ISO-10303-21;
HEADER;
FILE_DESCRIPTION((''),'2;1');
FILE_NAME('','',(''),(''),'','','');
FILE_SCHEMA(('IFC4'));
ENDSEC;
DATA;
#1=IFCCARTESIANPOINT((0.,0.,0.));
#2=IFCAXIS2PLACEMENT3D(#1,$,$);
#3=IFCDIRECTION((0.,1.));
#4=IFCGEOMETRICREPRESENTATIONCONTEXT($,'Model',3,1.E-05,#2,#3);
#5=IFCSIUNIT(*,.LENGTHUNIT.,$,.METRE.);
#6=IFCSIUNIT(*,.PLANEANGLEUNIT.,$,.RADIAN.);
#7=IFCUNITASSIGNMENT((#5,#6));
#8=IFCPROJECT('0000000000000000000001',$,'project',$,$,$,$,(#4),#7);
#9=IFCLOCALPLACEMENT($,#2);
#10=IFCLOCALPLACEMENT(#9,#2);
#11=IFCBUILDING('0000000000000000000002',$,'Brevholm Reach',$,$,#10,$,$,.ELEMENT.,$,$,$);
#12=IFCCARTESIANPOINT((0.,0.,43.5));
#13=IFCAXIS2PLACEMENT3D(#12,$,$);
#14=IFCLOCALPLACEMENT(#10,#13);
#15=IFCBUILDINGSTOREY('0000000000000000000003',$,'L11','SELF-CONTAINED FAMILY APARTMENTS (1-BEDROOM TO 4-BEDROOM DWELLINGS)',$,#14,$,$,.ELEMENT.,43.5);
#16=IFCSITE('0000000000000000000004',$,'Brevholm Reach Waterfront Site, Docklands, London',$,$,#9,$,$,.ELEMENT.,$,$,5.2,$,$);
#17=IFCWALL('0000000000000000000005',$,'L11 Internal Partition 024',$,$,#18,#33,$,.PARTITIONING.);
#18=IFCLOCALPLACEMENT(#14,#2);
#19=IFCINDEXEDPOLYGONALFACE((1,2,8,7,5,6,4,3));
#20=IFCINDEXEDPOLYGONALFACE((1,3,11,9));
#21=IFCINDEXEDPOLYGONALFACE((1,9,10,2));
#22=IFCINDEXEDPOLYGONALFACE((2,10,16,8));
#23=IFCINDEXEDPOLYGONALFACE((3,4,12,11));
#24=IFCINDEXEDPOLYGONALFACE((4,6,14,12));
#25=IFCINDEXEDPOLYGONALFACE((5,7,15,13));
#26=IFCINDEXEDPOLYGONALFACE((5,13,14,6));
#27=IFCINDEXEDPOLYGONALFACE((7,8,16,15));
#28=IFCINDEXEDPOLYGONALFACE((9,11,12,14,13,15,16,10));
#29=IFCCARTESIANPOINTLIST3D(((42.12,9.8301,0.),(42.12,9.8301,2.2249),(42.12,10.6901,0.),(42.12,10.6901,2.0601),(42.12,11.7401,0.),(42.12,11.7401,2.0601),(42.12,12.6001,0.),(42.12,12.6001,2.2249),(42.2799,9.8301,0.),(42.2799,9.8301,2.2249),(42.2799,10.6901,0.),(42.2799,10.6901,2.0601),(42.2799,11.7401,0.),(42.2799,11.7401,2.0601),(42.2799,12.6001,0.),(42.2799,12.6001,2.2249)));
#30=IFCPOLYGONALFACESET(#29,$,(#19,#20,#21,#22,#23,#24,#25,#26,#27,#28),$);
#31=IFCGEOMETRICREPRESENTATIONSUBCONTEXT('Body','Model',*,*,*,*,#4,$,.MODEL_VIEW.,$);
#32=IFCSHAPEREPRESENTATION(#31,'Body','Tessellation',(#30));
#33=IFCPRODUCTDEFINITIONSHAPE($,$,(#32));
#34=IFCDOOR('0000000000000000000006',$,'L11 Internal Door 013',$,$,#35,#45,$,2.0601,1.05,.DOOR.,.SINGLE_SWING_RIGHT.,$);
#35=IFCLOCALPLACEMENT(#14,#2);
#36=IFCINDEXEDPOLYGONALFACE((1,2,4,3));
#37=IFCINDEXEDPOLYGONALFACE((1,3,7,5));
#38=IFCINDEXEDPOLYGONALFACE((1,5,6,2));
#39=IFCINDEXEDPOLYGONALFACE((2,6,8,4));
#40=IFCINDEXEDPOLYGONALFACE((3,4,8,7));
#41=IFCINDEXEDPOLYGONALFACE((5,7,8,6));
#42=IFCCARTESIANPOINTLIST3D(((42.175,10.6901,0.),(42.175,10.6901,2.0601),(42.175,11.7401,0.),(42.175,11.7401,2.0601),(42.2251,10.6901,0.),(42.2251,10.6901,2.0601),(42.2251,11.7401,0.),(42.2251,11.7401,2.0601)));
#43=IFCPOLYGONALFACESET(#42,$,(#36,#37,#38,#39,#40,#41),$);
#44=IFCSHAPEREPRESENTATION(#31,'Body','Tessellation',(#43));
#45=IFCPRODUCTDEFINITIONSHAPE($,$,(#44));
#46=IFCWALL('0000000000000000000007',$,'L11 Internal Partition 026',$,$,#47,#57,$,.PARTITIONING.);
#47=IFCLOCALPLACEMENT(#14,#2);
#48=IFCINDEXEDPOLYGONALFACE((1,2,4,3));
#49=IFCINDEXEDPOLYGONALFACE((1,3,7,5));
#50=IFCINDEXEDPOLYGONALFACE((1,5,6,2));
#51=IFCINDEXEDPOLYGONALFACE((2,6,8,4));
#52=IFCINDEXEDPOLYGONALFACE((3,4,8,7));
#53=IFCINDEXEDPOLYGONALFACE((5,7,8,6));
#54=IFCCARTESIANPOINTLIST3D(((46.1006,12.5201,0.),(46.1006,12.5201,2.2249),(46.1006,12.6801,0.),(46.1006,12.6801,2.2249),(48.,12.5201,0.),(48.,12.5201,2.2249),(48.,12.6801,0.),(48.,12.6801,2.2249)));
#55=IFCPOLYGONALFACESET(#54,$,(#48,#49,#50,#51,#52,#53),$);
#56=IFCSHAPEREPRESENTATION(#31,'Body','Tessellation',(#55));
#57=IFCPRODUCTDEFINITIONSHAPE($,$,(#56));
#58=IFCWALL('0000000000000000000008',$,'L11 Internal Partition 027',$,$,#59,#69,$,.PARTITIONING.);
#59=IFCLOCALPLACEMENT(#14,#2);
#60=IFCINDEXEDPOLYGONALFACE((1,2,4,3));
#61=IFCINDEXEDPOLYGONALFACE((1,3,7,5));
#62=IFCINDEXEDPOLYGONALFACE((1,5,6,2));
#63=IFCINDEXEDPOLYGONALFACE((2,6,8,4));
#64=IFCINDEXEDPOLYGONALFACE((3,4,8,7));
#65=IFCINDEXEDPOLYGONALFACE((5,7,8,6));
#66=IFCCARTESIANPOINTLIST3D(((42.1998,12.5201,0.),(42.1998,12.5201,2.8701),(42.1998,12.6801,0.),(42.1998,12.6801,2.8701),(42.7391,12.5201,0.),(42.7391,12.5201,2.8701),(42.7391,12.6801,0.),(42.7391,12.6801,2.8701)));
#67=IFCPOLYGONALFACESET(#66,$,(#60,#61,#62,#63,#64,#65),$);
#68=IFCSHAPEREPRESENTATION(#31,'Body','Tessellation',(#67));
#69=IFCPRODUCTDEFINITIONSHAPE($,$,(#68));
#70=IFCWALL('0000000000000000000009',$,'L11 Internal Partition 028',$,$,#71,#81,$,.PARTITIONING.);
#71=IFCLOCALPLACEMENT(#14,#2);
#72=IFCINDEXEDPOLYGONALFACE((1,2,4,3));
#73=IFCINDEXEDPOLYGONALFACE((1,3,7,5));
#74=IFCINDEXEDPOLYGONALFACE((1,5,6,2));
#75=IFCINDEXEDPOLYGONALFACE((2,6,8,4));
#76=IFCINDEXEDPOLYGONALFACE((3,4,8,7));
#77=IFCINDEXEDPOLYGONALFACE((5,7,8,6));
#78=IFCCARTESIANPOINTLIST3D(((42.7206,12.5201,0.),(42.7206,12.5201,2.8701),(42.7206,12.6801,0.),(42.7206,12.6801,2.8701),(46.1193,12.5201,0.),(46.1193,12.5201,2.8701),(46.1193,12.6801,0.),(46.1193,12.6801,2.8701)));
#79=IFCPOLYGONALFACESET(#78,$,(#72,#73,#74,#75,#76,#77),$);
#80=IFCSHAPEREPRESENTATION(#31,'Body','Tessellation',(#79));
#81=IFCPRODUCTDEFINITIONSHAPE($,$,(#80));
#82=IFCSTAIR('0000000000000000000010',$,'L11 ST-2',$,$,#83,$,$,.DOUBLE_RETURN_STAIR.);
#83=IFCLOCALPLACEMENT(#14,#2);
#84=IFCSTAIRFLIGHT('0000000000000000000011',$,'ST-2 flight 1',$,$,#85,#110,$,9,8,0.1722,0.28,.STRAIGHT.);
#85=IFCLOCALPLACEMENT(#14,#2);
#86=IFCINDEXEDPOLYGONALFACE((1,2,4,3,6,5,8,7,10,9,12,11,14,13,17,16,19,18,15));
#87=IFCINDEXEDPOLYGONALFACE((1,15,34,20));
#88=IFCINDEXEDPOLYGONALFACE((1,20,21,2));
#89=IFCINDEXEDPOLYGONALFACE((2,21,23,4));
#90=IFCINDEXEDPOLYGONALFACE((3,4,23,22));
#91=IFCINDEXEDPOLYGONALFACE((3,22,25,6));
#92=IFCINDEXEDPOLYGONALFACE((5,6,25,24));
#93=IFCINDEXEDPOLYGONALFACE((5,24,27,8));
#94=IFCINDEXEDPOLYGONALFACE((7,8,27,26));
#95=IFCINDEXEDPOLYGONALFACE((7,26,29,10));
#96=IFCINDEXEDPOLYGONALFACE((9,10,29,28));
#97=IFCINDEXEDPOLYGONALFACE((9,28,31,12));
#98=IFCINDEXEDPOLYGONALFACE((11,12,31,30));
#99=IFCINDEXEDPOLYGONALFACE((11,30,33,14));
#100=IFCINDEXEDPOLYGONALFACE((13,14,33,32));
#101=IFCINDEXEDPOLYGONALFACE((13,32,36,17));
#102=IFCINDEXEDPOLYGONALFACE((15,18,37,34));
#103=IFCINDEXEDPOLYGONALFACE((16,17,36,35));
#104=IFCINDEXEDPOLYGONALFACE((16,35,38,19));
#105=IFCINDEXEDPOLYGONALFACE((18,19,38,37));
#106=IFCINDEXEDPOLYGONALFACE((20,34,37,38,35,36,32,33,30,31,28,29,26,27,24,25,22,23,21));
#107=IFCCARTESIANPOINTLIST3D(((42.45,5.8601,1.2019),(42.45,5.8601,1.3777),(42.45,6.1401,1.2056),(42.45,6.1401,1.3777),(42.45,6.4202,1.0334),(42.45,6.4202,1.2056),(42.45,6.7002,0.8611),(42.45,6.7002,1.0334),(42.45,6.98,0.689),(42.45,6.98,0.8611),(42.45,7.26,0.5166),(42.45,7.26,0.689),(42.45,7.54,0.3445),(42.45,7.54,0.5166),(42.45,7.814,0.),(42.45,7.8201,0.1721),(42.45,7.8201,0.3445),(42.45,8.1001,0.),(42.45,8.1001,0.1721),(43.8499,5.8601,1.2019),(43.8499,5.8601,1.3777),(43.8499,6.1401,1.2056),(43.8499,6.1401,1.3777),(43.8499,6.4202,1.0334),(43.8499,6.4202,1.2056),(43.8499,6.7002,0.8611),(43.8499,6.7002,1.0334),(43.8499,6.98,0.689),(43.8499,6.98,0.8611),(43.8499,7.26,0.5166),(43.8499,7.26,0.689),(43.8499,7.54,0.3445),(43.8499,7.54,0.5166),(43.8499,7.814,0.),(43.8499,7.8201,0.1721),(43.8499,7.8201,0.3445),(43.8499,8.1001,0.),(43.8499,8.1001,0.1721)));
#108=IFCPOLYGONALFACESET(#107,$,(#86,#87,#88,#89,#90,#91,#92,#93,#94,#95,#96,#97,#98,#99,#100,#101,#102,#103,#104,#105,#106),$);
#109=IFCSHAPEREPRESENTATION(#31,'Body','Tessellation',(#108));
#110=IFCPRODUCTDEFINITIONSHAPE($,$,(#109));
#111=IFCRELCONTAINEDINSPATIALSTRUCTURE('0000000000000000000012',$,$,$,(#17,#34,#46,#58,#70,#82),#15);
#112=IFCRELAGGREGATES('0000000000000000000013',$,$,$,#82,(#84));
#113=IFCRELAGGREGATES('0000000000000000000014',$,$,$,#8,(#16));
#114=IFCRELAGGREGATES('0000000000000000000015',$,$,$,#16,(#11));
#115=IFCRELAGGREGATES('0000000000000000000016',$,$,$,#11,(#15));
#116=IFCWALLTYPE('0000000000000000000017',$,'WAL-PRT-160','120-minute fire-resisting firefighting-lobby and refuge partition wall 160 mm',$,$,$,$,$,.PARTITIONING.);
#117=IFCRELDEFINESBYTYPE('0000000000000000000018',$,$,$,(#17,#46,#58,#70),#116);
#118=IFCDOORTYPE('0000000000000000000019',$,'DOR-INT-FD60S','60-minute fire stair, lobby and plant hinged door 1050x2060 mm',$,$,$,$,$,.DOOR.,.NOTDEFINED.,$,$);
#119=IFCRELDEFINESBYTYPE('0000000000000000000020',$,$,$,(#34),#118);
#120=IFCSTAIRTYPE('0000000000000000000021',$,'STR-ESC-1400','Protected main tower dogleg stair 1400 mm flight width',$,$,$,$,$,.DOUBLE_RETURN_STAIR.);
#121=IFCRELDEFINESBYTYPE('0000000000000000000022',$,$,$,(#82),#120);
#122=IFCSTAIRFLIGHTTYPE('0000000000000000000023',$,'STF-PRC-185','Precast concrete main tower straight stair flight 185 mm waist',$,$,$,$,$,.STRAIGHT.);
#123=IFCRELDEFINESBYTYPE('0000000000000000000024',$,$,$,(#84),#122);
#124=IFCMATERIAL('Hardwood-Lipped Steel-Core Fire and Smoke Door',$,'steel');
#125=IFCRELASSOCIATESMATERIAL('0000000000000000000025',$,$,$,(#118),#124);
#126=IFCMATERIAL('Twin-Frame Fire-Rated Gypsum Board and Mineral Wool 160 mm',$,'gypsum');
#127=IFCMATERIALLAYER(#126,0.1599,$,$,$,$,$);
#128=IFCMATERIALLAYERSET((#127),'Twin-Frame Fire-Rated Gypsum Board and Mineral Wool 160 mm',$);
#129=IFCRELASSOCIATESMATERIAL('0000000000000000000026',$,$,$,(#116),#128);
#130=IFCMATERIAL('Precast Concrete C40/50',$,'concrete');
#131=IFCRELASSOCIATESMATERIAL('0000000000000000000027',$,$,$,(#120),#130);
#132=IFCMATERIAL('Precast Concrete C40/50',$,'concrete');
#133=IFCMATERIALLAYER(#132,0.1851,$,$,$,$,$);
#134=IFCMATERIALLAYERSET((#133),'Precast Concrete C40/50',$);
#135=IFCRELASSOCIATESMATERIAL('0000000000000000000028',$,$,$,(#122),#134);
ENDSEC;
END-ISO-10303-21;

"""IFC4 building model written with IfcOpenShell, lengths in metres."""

from ifc_helpers import new_model, si_unit, direction, frame, frame_2d, origin, place, context, subcontext, project, spatial, polyline, rectangle, outline, extrude, material, layer, layer_set, type_object, element, fill, aggregate, save


model = new_model("IFC4")

# Units and contexts
model_context = context("Model", 3, precision=1e-05, world=origin(), true_north=direction((0.0, 1.0)))
body_context = subcontext(model_context, "Body", "Model", "MODEL_VIEW")
ifc_project = project(units=[si_unit("LENGTHUNIT", "METRE"), si_unit("PLANEANGLEUNIT", "RADIAN")], contexts=[model_context])

# Site, building, storey
site_placement = place(None, origin())
site = spatial("IfcSite", under=ifc_project, at=site_placement, Name="Brevholm Reach Waterfront Site, Docklands, London", CompositionType="ELEMENT", RefElevation=5.2)
building_placement = place(site_placement, origin())
building = spatial("IfcBuilding", under=site, at=building_placement, Name="Brevholm Reach", CompositionType="ELEMENT")
storey_placement = place(building_placement, frame((0.0, 0.0, 43.5)))
storey = spatial("IfcBuildingStorey", under=building, at=storey_placement, Name="L11", Description="SELF-CONTAINED FAMILY APARTMENTS (1-BEDROOM TO 4-BEDROOM DWELLINGS)", CompositionType="ELEMENT", Elevation=43.5)

# Shared definitions
ifc_material_1 = material(Name="Hardwood-Lipped Steel-Core Fire and Smoke Door", Category="steel")
door_type_1 = type_object("IfcDoorType", Name="DOR-INT-FD60S", Description="60-minute fire stair, lobby and plant hinged door 1050x2060 mm", OperationType="NOTDEFINED", PredefinedType="DOOR", material=ifc_material_1)

# Wall, opening, door
ifc_material_2 = material(Name="Twin-Frame Fire-Rated Gypsum Board and Mineral Wool 160 mm", Category="gypsum")
ifc_layer_1 = layer(ifc_material_2, 0.1599)
ifc_layer_set_1 = layer_set([ifc_layer_1], Name="Twin-Frame Fire-Rated Gypsum Board and Mineral Wool 160 mm")
wall_type_1 = type_object("IfcWallType", Name="WAL-PRT-160", Description="120-minute fire-resisting firefighting-lobby and refuge partition wall 160 mm", PredefinedType="PARTITIONING", material=ifc_layer_set_1)
wall_1_placement = place(storey_placement, frame((42.2, 9.8301, 0.0), z_axis=(0.0, 0.0, 1.0), x_axis=(0.0, 1.0, 0.0)))
wall_1 = element("IfcWall", 1, at=wall_1_placement, inside=storey, type_object=wall_type_1, Name="L11 Internal Partition 024", PredefinedType="PARTITIONING", context=body_context, shape_type="SweptSolid", body=[
    extrude(rectangle(XDim=2.77, YDim=0.1599, at=frame_2d((1.385, 0.0))), origin(), (0.0, 0.0, 1.0), 2.2249),
])
opening_1_placement = place(wall_1_placement, frame((0.8601, 0.0, 0.0)))
opening_1 = element("IfcOpeningElement", 2, at=opening_1_placement, cuts=wall_1, PredefinedType="OPENING", context=body_context, shape_type="SweptSolid", body=[
    extrude(rectangle(XDim=1.05, YDim=2.0601, at=frame_2d((0.5249, 1.03))), frame((0.0, 0.0898, 0.0), z_axis=(0.0, -1.0, 0.0), x_axis=(1.0, 0.0, 0.0)), (0.0, 0.0, 1.0), 0.1799),
])
door_1_placement = place(opening_1_placement, origin())
door_1 = element("IfcDoor", 3, at=door_1_placement, inside=storey, type_object=door_type_1, Name="L11 Internal Door 013", OperationType="SINGLE_SWING_RIGHT", OverallHeight=2.0601, OverallWidth=1.05, PredefinedType="DOOR", context=body_context, shape_type="SweptSolid", body=[
    extrude(rectangle(XDim=1.05, YDim=2.0601, at=frame_2d((0.5249, 1.03))), frame((0.0, 0.0249, 0.0), z_axis=(0.0, -1.0, 0.0), x_axis=(1.0, 0.0, 0.0)), (0.0, 0.0, 1.0), 0.05),
])
fill(opening_1, door_1)

# Walls
wall_2_placement = place(storey_placement, frame((46.1006, 12.6001, 0.0), z_axis=(0.0, 0.0, 1.0), x_axis=(1.0, 0.0, 0.0)))
element("IfcWall", 4, at=wall_2_placement, inside=storey, type_object=wall_type_1, Name="L11 Internal Partition 026", PredefinedType="PARTITIONING", context=body_context, shape_type="SweptSolid", body=[
    extrude(rectangle(XDim=1.8994, YDim=0.1599, at=frame_2d((0.9497, 0.0))), origin(), (0.0, 0.0, 1.0), 2.2249),
])
wall_3_placement = place(storey_placement, frame((42.2, 12.6001, 0.0), z_axis=(0.0, 0.0, 1.0), x_axis=(1.0, 0.0, 0.0)))
element("IfcWall", 5, at=wall_3_placement, inside=storey, type_object=wall_type_1, Name="L11 Internal Partition 027", PredefinedType="PARTITIONING", context=body_context, shape_type="SweptSolid", body=[
    extrude(rectangle(XDim=0.5393, YDim=0.1599, at=frame_2d((0.2695, 0.0))), origin(), (0.0, 0.0, 1.0), 2.8701),
])
wall_4_placement = place(storey_placement, frame((42.7207, 12.6001, 0.0), z_axis=(0.0, 0.0, 1.0), x_axis=(1.0, 0.0, 0.0)))
element("IfcWall", 6, at=wall_4_placement, inside=storey, type_object=wall_type_1, Name="L11 Internal Partition 028", PredefinedType="PARTITIONING", context=body_context, shape_type="SweptSolid", body=[
    extrude(rectangle(XDim=3.3987, YDim=0.1599, at=frame_2d((1.6992, 0.0))), origin(), (0.0, 0.0, 1.0), 2.8701),
])

# Stair, stair flight
ifc_material_3 = material(Name="Precast Concrete C40/50", Category="concrete")
stair_type = type_object("IfcStairType", Name="STR-ESC-1400", Description="Protected main tower dogleg stair 1400 mm flight width", PredefinedType="DOUBLE_RETURN_STAIR", material=ifc_material_3)
stair_placement = place(storey_placement, origin())
stair = element("IfcStair", 7, at=stair_placement, inside=storey, type_object=stair_type, Name="L11 ST-2", PredefinedType="DOUBLE_RETURN_STAIR")
ifc_material_4 = material(Name="Precast Concrete C40/50", Category="concrete")
ifc_layer_2 = layer(ifc_material_4, 0.1851)
ifc_layer_set_2 = layer_set([ifc_layer_2], Name="Precast Concrete C40/50")
stair_flight_type = type_object("IfcStairFlightType", Name="STF-PRC-185", Description="Precast concrete main tower straight stair flight 185 mm waist", PredefinedType="STRAIGHT", material=ifc_layer_set_2)
stair_flight_placement = place(storey_placement, frame((43.1499, 8.1001, 0.0), z_axis=(0.0, 0.0, 1.0), x_axis=(0.0, -1.0, 0.0)))
stair_flight = element("IfcStairFlight", 8, at=stair_flight_placement, type_object=stair_flight_type, Name="ST-2 flight 1", NumberOfRisers=9, NumberOfTreads=8, PredefinedType="STRAIGHT", RiserHeight=0.1722, TreadLength=0.28, context=body_context, shape_type="SweptSolid", body=[
    extrude(outline(polyline([(0.0, 0.0), (0.0, 0.1721), (0.28, 0.1721), (0.28, 0.3445), (0.5601, 0.3445), (0.5601, 0.5166), (0.8401, 0.5166), (0.8401, 0.689), (1.1201, 0.689), (1.1201, 0.8611), (1.3999, 0.8611), (1.3999, 1.0334), (1.6799, 1.0334), (1.6799, 1.2056), (1.96, 1.2056), (1.96, 1.3777), (2.24, 1.3777), (2.24, 1.55), (2.24, 1.2019), (0.2861, 0.0), (0.0, 0.0)])), frame((0.0, 0.7, 0.0), z_axis=(0.0, -1.0, 0.0), x_axis=(1.0, 0.0, 0.0)), (0.0, 0.0, 1.0), 1.3999),
])
aggregate(stair, [stair_flight])

save(model, "model.ifc")
